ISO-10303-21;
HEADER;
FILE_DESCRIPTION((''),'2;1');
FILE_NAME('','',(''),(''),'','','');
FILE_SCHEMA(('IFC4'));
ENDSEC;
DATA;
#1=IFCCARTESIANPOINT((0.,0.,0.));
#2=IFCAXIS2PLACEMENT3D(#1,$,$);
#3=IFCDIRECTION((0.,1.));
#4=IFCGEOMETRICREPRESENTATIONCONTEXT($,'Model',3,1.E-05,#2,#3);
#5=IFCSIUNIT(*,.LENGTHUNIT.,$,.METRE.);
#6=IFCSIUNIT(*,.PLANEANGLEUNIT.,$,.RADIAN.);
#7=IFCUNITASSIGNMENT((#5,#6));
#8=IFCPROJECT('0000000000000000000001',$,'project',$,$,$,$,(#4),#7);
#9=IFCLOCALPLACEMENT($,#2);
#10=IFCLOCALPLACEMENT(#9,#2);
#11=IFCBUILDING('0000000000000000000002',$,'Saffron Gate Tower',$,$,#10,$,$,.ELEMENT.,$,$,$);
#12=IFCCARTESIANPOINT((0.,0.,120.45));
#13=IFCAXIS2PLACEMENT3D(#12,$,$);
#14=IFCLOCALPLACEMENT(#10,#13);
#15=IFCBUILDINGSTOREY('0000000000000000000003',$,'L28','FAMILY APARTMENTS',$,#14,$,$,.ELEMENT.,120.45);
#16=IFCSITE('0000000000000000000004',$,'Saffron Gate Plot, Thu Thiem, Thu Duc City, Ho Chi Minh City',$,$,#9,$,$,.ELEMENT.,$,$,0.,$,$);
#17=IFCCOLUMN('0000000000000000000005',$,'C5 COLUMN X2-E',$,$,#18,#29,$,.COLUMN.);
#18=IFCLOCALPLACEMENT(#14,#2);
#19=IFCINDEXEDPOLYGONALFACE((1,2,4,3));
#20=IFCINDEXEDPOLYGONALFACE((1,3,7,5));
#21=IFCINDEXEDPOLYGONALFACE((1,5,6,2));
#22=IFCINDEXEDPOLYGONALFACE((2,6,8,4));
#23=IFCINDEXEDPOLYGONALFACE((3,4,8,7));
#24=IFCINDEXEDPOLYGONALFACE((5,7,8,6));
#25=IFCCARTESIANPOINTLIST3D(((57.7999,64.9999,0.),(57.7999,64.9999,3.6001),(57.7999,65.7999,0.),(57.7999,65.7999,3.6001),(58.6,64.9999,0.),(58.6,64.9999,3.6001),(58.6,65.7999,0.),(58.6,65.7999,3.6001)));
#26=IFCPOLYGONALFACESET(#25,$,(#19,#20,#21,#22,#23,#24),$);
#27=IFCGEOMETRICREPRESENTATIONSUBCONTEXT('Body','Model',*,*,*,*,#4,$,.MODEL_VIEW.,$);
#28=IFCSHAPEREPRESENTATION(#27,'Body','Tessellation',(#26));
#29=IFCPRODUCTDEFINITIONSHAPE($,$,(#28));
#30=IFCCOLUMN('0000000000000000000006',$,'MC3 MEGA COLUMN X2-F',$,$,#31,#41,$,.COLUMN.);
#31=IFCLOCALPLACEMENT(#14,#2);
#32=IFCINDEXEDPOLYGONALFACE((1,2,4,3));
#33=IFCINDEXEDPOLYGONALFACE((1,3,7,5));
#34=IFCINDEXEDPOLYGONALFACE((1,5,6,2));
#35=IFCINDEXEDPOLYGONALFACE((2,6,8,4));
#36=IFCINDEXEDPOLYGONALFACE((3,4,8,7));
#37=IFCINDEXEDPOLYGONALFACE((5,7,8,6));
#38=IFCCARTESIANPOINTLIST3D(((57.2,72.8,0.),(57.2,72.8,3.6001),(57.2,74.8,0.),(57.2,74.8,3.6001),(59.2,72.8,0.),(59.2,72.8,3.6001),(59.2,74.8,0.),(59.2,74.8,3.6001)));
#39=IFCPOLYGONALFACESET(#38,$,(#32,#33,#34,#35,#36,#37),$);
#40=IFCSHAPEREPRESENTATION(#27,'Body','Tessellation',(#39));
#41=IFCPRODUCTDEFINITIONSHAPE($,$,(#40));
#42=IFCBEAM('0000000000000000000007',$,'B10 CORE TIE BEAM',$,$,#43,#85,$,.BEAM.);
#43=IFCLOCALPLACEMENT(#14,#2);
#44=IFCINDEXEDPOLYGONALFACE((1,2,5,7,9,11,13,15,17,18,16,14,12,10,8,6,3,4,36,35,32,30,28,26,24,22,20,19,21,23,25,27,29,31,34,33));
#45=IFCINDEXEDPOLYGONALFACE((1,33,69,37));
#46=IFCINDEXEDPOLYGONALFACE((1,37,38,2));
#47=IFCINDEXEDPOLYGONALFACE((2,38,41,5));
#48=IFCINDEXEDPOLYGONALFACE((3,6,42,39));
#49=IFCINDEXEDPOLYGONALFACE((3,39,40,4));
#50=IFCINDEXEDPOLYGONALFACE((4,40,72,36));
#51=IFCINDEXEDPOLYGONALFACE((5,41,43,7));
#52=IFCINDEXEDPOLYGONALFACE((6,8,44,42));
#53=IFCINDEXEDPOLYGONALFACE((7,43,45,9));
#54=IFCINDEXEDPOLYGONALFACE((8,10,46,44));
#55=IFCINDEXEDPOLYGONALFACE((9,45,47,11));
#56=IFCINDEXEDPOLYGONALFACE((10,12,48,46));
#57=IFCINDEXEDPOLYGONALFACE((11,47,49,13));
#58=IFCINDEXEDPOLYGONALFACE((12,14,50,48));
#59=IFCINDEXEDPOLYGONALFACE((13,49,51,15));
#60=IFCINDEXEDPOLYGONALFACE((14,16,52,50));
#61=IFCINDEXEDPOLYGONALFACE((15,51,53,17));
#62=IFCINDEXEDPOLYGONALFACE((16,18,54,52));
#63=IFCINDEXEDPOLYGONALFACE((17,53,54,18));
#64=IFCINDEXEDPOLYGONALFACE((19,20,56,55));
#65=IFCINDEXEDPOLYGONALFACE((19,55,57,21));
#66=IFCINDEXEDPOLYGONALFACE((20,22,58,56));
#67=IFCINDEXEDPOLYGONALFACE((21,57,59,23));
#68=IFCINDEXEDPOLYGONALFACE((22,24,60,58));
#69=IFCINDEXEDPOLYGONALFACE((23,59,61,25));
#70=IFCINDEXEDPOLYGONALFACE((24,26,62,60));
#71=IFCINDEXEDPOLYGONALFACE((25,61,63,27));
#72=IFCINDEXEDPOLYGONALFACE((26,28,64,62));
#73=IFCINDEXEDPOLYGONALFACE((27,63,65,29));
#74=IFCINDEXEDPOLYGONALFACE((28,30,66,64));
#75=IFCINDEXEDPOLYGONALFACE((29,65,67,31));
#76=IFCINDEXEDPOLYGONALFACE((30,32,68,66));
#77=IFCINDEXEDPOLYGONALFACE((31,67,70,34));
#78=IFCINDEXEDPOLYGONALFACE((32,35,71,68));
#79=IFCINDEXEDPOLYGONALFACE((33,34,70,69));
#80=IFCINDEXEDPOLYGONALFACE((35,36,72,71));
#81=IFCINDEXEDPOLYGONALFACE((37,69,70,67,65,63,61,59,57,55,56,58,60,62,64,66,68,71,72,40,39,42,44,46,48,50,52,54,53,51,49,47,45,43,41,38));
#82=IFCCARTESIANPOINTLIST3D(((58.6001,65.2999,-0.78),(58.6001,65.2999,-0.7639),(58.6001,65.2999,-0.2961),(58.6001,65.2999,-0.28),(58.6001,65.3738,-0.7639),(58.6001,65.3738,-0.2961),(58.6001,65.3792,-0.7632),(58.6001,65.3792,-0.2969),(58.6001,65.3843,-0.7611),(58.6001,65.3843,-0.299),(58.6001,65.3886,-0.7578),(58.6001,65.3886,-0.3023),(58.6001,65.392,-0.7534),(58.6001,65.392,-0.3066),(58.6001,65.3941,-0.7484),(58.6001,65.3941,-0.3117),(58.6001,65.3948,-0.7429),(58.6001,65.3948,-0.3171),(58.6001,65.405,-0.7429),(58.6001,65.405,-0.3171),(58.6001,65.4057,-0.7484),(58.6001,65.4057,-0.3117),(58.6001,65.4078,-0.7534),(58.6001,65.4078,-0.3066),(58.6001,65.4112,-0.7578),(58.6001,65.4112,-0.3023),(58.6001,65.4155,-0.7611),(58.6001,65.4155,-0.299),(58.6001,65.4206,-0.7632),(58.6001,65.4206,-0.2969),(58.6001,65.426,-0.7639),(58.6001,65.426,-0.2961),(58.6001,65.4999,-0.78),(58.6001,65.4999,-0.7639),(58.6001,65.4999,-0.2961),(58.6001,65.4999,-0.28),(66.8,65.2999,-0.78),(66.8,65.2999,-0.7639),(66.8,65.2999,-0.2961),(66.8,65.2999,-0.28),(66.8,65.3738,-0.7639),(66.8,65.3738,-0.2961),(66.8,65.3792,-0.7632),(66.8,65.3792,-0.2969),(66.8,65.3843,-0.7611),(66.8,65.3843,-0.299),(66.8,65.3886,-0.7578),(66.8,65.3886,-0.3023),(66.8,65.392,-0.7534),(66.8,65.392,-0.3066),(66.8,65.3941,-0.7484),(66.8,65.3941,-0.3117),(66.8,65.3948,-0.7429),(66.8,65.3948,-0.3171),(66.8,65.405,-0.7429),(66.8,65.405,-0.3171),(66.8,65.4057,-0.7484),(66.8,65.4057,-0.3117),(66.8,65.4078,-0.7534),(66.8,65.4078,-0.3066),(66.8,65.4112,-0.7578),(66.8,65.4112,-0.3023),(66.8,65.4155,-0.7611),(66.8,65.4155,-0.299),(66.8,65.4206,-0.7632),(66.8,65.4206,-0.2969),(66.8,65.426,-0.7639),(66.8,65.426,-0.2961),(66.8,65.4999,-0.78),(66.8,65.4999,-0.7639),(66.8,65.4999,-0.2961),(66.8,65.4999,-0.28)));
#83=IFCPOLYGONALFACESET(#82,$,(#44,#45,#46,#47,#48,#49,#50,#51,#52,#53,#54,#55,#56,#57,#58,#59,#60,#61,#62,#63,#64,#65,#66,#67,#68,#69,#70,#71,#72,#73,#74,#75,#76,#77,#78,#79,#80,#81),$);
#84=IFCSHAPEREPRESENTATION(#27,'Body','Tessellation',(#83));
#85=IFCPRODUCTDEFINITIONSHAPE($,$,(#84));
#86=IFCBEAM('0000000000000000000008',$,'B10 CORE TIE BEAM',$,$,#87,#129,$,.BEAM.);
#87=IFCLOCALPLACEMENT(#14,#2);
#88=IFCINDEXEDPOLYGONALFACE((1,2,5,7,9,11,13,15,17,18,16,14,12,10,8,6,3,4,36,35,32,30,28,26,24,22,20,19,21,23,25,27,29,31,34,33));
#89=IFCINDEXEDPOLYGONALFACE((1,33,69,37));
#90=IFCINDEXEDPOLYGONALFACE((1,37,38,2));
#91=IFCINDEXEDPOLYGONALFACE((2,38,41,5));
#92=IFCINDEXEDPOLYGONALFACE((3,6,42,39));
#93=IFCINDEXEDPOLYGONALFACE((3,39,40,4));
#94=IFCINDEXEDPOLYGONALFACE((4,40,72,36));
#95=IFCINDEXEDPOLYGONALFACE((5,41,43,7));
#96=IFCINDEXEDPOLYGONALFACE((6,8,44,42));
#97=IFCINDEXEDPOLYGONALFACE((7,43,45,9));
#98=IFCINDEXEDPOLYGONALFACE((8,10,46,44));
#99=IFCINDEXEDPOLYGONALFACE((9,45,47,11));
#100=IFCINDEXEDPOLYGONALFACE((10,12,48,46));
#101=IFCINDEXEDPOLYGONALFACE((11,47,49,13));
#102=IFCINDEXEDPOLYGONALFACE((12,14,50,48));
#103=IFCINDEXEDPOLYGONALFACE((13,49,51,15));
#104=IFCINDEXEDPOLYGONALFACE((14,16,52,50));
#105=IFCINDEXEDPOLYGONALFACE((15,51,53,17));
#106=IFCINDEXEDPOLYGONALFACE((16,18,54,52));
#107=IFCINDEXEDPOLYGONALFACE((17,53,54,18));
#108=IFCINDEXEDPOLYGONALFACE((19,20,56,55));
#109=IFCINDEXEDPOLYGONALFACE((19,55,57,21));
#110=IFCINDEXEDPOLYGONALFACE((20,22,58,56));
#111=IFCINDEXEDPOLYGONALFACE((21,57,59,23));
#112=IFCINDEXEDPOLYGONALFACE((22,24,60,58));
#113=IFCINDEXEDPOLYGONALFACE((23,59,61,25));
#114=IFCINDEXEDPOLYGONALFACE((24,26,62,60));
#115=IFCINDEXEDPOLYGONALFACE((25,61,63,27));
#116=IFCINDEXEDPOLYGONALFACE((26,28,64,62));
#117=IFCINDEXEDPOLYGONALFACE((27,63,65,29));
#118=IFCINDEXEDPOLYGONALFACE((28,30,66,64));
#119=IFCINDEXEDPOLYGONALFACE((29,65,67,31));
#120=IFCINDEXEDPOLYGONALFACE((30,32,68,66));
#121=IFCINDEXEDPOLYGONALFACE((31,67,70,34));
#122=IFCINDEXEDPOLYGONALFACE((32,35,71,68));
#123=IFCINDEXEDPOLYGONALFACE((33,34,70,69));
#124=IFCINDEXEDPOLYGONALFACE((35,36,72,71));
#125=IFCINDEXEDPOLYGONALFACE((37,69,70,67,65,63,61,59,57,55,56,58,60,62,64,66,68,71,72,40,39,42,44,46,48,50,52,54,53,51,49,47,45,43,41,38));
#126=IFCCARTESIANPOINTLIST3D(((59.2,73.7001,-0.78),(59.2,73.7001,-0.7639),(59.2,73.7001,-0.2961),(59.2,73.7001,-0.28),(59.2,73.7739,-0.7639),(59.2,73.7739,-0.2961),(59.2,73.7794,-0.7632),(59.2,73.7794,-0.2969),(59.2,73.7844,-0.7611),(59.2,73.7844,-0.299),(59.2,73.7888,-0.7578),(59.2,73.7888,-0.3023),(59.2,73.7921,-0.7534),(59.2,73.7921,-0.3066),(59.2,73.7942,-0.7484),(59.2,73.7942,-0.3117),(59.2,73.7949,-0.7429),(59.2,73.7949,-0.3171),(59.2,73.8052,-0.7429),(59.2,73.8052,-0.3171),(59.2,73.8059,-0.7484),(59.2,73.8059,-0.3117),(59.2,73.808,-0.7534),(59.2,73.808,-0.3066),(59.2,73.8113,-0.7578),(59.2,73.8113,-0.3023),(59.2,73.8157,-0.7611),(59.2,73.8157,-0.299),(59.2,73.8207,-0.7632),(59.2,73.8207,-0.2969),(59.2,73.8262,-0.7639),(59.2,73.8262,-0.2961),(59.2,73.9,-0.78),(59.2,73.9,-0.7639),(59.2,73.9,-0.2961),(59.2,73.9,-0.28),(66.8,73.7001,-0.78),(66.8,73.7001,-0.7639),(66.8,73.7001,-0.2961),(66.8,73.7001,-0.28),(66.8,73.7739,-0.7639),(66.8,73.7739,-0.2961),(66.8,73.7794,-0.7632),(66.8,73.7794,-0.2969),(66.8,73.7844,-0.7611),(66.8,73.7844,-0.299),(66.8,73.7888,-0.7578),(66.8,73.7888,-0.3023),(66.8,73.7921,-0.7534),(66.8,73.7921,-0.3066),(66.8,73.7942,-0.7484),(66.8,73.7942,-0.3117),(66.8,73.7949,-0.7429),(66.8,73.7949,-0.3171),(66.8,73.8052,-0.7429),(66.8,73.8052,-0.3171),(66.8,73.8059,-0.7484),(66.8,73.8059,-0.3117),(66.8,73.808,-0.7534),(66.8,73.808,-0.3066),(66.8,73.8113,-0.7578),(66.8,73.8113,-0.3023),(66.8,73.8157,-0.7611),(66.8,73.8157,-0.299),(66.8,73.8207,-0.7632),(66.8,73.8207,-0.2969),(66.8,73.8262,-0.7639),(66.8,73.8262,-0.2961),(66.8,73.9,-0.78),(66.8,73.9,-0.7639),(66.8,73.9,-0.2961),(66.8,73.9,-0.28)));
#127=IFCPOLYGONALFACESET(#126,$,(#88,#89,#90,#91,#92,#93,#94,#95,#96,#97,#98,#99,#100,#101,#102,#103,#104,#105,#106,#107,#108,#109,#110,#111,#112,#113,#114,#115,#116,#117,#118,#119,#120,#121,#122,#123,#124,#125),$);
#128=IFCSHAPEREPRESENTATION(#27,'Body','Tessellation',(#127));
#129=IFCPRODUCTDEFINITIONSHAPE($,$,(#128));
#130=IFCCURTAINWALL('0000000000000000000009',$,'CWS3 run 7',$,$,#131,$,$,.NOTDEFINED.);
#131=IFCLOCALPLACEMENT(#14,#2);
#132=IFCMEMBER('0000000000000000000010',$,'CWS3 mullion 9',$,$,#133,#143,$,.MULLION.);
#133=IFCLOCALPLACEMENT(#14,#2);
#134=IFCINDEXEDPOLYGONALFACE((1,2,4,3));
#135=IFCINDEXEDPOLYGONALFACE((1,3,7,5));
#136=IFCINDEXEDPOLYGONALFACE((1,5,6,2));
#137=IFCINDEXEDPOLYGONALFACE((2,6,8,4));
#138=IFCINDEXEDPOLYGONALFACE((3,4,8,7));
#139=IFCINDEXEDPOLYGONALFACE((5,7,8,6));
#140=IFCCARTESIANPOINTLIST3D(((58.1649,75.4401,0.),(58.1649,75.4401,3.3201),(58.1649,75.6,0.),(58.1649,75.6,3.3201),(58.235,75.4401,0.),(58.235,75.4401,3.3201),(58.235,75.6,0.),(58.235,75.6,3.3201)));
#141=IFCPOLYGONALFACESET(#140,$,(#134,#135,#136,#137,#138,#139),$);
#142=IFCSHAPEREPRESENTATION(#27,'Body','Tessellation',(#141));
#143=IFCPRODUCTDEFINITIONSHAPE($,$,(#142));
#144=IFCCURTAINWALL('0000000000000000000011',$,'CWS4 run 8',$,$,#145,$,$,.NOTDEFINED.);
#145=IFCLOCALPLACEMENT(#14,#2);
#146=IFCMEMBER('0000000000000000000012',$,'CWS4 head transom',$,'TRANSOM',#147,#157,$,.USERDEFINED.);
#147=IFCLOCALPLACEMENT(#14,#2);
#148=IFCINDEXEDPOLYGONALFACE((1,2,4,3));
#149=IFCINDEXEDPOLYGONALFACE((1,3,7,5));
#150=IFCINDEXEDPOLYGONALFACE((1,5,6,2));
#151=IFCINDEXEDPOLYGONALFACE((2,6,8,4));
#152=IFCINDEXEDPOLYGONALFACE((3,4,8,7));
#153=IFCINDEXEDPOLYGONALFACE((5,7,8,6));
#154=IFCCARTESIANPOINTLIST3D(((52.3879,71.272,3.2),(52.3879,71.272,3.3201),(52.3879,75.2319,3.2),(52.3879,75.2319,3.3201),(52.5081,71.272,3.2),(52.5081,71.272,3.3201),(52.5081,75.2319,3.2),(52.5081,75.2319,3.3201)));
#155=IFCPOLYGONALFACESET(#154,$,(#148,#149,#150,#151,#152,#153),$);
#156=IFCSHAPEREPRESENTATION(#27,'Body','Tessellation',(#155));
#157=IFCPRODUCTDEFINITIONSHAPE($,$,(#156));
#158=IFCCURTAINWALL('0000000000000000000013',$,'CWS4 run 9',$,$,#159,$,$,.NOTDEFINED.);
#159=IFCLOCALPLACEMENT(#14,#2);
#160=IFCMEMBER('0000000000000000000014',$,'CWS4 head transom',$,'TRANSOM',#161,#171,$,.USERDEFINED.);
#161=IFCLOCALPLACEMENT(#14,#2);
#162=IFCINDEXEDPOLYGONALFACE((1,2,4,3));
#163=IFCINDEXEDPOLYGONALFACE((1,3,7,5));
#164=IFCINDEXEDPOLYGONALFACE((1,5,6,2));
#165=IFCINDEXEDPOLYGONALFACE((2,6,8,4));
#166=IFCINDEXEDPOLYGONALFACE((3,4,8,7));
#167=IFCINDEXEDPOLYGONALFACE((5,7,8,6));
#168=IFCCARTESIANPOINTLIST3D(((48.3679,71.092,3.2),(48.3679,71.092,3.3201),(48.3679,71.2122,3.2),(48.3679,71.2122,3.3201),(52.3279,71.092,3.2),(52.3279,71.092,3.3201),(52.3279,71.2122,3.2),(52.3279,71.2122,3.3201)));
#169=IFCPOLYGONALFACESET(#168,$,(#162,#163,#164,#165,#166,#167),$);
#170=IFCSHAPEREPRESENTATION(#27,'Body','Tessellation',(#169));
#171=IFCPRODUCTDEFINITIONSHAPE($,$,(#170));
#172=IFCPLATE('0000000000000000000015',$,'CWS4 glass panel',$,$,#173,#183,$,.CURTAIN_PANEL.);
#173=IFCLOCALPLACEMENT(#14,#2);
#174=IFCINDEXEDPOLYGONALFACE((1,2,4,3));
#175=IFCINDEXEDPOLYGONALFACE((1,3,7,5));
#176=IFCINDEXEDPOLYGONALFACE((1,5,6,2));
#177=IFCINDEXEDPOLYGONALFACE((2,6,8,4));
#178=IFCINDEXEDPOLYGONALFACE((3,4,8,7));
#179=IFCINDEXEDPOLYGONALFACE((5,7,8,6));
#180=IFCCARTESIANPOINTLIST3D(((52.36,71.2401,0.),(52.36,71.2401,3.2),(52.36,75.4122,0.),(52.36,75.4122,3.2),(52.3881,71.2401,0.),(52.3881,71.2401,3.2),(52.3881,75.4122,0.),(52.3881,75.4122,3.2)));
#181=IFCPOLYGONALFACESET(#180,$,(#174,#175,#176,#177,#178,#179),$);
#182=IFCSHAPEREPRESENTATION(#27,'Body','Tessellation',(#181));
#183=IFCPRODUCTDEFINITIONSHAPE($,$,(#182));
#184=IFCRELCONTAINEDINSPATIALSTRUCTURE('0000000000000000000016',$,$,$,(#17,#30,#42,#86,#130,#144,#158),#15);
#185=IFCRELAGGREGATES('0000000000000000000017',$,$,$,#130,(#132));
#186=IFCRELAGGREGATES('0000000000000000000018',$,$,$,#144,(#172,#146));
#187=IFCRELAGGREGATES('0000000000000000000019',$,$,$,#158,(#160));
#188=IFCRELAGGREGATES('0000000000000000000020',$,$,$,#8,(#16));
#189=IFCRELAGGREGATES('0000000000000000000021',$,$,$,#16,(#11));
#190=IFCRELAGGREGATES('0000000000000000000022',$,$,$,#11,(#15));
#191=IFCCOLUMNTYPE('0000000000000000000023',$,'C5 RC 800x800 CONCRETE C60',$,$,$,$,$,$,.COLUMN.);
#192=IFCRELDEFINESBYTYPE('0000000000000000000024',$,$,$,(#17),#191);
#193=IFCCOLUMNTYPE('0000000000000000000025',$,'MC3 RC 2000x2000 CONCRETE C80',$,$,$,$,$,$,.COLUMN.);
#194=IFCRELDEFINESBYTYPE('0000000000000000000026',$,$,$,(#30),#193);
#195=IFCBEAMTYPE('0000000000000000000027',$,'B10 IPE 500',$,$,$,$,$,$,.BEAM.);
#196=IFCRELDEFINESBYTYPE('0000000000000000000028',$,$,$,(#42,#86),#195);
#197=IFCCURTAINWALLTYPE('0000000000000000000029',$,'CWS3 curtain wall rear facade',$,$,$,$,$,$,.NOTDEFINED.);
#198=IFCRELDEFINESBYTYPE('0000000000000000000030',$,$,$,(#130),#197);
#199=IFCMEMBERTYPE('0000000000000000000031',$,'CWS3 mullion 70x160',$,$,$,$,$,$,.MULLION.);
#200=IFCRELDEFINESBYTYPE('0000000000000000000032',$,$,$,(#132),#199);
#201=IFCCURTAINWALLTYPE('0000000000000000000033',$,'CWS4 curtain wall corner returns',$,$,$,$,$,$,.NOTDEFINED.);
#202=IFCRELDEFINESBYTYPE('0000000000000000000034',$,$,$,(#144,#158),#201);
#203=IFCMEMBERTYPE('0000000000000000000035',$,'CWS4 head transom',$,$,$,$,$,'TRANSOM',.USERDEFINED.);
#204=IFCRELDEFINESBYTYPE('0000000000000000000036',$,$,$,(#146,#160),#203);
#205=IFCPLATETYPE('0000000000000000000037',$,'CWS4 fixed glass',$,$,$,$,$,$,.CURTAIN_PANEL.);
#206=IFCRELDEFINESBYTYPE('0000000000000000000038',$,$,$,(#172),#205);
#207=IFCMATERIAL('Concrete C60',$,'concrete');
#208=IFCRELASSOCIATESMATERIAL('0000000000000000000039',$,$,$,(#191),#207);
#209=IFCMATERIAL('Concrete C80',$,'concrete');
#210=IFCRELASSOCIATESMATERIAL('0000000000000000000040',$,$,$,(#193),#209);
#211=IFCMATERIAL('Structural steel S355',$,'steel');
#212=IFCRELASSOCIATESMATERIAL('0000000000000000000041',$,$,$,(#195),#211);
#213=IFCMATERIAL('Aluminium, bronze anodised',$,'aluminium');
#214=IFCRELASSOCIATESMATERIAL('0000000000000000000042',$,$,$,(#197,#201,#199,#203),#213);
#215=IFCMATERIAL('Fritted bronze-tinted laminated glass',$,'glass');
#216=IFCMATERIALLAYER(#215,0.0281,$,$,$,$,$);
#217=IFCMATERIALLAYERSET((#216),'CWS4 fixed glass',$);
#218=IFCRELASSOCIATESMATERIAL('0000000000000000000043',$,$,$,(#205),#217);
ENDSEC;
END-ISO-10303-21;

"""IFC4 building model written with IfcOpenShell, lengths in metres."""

from ifc_helpers import new_model, si_unit, direction, frame, frame_2d, origin, origin_2d, place, context, subcontext, project, spatial, rectangle, i_section, extrude, material, layer, layer_set, material_profile, profile_set, type_object, element, aggregate, save


model = new_model("IFC4")

# Units and contexts
model_context = context("Model", 3, precision=1e-05, world=origin(), true_north=direction((0.0, 1.0)))
body_context = subcontext(model_context, "Body", "Model", "MODEL_VIEW")
ifc_project = project(units=[si_unit("LENGTHUNIT", "METRE"), si_unit("PLANEANGLEUNIT", "RADIAN")], contexts=[model_context])

# Site, building, storey
site_placement = place(None, origin())
site = spatial("IfcSite", under=ifc_project, at=site_placement, Name="Saffron Gate Plot, Thu Thiem, Thu Duc City, Ho Chi Minh City", CompositionType="ELEMENT", RefElevation=0.0)
building_placement = place(site_placement, origin())
building = spatial("IfcBuilding", under=site, at=building_placement, Name="Saffron Gate Tower", CompositionType="ELEMENT")
storey_placement = place(building_placement, frame((0.0, 0.0, 120.45)))
storey = spatial("IfcBuildingStorey", under=building, at=storey_placement, Name="L28", Description="FAMILY APARTMENTS", CompositionType="ELEMENT", Elevation=120.45)

# Columns
ifc_material_1 = material(Name="Concrete C60", Category="concrete")
ifc_material_profile_1 = material_profile(ifc_material_1, rectangle(XDim=0.8, YDim=0.8, at=origin_2d()))
ifc_profile_set_1 = profile_set([ifc_material_profile_1], Name="Concrete C60")
column_type_1 = type_object("IfcColumnType", Name="C5 RC 800x800 CONCRETE C60", PredefinedType="COLUMN", material=ifc_profile_set_1)
column_1_placement = place(storey_placement, frame((58.2, 65.3999, 0.0), z_axis=(0.0, 0.0, 1.0), x_axis=(1.0, 0.0, 0.0)))
element("IfcColumn", 1, at=column_1_placement, inside=storey, type_object=column_type_1, Name="C5 COLUMN X2-E", PredefinedType="COLUMN", context=body_context, shape_type="SweptSolid", body=[
    extrude(rectangle(XDim=0.8, YDim=0.8, at=origin_2d()), origin(), (0.0, 0.0, 1.0), 3.6001),
])
ifc_material_2 = material(Name="Concrete C80", Category="concrete")
ifc_material_profile_2 = material_profile(ifc_material_2, rectangle(XDim=2.0, YDim=2.0, at=origin_2d()))
ifc_profile_set_2 = profile_set([ifc_material_profile_2], Name="Concrete C80")
column_type_2 = type_object("IfcColumnType", Name="MC3 RC 2000x2000 CONCRETE C80", PredefinedType="COLUMN", material=ifc_profile_set_2)
column_2_placement = place(storey_placement, frame((58.2, 73.8, 0.0), z_axis=(0.0, 0.0, 1.0), x_axis=(1.0, 0.0, 0.0)))
element("IfcColumn", 2, at=column_2_placement, inside=storey, type_object=column_type_2, Name="MC3 MEGA COLUMN X2-F", PredefinedType="COLUMN", context=body_context, shape_type="SweptSolid", body=[
    extrude(rectangle(XDim=2.0, YDim=2.0, at=origin_2d()), origin(), (0.0, 0.0, 1.0), 3.6001),
])

# Beams
ifc_material_3 = material(Name="Structural steel S355", Category="steel")
ifc_material_profile_3 = material_profile(ifc_material_3, i_section(OverallWidth=0.2, OverallDepth=0.5, WebThickness=0.0103, FlangeThickness=0.0161, FilletRadius=0.021, at=origin_2d()))
ifc_profile_set_3 = profile_set([ifc_material_profile_3], Name="Structural steel S355")
beam_type = type_object("IfcBeamType", Name="B10 IPE 500", PredefinedType="BEAM", material=ifc_profile_set_3)
beam_1_placement = place(storey_placement, frame((58.6001, 65.3999, -0.53), z_axis=(1.0, 0.0, 0.0), x_axis=(0.0, 1.0, 0.0)))
element("IfcBeam", 3, at=beam_1_placement, inside=storey, type_object=beam_type, Name="B10 CORE TIE BEAM", PredefinedType="BEAM", context=body_context, shape_type="SweptSolid", body=[
    extrude(i_section(OverallWidth=0.2, OverallDepth=0.5, WebThickness=0.0103, FlangeThickness=0.0161, FilletRadius=0.021, at=origin_2d()), origin(), (0.0, 0.0, 1.0), 8.2),
])
beam_2_placement = place(storey_placement, frame((59.2, 73.8, -0.53), z_axis=(1.0, 0.0, 0.0), x_axis=(0.0, 1.0, 0.0)))
element("IfcBeam", 4, at=beam_2_placement, inside=storey, type_object=beam_type, Name="B10 CORE TIE BEAM", PredefinedType="BEAM", context=body_context, shape_type="SweptSolid", body=[
    extrude(i_section(OverallWidth=0.2, OverallDepth=0.5, WebThickness=0.0103, FlangeThickness=0.0161, FilletRadius=0.021, at=origin_2d()), origin(), (0.0, 0.0, 1.0), 7.6001),
])

# Curtain walls, members
ifc_material_4 = material(Name="Aluminium, bronze anodised", Category="aluminium")
curtain_wall_type_1 = type_object("IfcCurtainWallType", Name="CWS3 curtain wall rear facade", PredefinedType="NOTDEFINED", material=ifc_material_4)
curtain_wall_1_placement = place(storey_placement, origin())
curtain_wall_1 = element("IfcCurtainWall", 5, at=curtain_wall_1_placement, inside=storey, type_object=curtain_wall_type_1, Name="CWS3 run 7", PredefinedType="NOTDEFINED")
ifc_material_profile_4 = material_profile(ifc_material_4, rectangle(XDim=0.1599, YDim=0.0701, at=origin_2d()))
ifc_profile_set_4 = profile_set([ifc_material_profile_4], Name="Aluminium, bronze anodised")
member_type_1 = type_object("IfcMemberType", Name="CWS3 mullion 70x160", PredefinedType="MULLION", material=ifc_profile_set_4)
member_1_placement = place(storey_placement, frame((58.2, 75.52, 0.0), z_axis=(0.0, 0.0, 1.0), x_axis=(0.0, -1.0, 0.0)))
member_1 = element("IfcMember", 6, at=member_1_placement, type_object=member_type_1, Name="CWS3 mullion 9", PredefinedType="MULLION", context=body_context, shape_type="SweptSolid", body=[
    extrude(rectangle(XDim=0.1599, YDim=0.0701, at=origin_2d()), origin(), (0.0, 0.0, 1.0), 3.3201),
])
aggregate(curtain_wall_1, [member_1])
curtain_wall_type_2 = type_object("IfcCurtainWallType", Name="CWS4 curtain wall corner returns", PredefinedType="NOTDEFINED", material=ifc_material_4)
curtain_wall_2_placement = place(storey_placement, origin())
curtain_wall_2 = element("IfcCurtainWall", 7, at=curtain_wall_2_placement, inside=storey, type_object=curtain_wall_type_2, Name="CWS4 run 8", PredefinedType="NOTDEFINED")
ifc_material_profile_5 = material_profile(ifc_material_4, rectangle(XDim=0.1201, YDim=0.1201, at=origin_2d()))
ifc_profile_set_5 = profile_set([ifc_material_profile_5], Name="Aluminium, bronze anodised")
member_type_2 = type_object("IfcMemberType", Name="CWS4 head transom", ElementType="TRANSOM", PredefinedType="USERDEFINED", material=ifc_profile_set_5)
member_2_placement = place(storey_placement, frame((52.448, 75.2319, 3.26), z_axis=(0.0, -1.0, 0.0), x_axis=(1.0, 0.0, 0.0)))
member_2 = element("IfcMember", 8, at=member_2_placement, type_object=member_type_2, Name="CWS4 head transom", ObjectType="TRANSOM", PredefinedType="USERDEFINED", context=body_context, shape_type="SweptSolid", body=[
    extrude(rectangle(XDim=0.1201, YDim=0.1201, at=origin_2d()), origin(), (0.0, 0.0, 1.0), 3.96),
])
curtain_wall_3_placement = place(storey_placement, origin())
curtain_wall_3 = element("IfcCurtainWall", 9, at=curtain_wall_3_placement, inside=storey, type_object=curtain_wall_type_2, Name="CWS4 run 9", PredefinedType="NOTDEFINED")
member_3_placement = place(storey_placement, frame((52.3279, 71.1521, 3.26), z_axis=(-1.0, 0.0, 0.0), x_axis=(0.0, -1.0, 0.0)))
member_3 = element("IfcMember", 10, at=member_3_placement, type_object=member_type_2, Name="CWS4 head transom", ObjectType="TRANSOM", PredefinedType="USERDEFINED", context=body_context, shape_type="SweptSolid", body=[
    extrude(rectangle(XDim=0.1201, YDim=0.1201, at=origin_2d()), origin(), (0.0, 0.0, 1.0), 3.96),
])

# Plate
ifc_material_5 = material(Name="Fritted bronze-tinted laminated glass", Category="glass")
ifc_layer_1 = layer(ifc_material_5, 0.0281)
ifc_layer_set_1 = layer_set([ifc_layer_1], Name="CWS4 fixed glass")
plate_type = type_object("IfcPlateType", Name="CWS4 fixed glass", PredefinedType="CURTAIN_PANEL", material=ifc_layer_set_1)
plate_1_placement = place(storey_placement, frame((52.374, 75.4121, 0.0), z_axis=(0.0, 0.0, 1.0), x_axis=(0.0, -1.0, 0.0)))
plate_1 = element("IfcPlate", 11, at=plate_1_placement, type_object=plate_type, Name="CWS4 glass panel", PredefinedType="CURTAIN_PANEL", context=body_context, shape_type="SweptSolid", body=[
    extrude(rectangle(XDim=4.1721, YDim=0.0281, at=frame_2d((2.0859, 0.0))), origin(), (0.0, 0.0, 1.0), 3.2),
])
aggregate(curtain_wall_2, [plate_1, member_2])
aggregate(curtain_wall_3, [member_3])

save(model, "model.ifc")
